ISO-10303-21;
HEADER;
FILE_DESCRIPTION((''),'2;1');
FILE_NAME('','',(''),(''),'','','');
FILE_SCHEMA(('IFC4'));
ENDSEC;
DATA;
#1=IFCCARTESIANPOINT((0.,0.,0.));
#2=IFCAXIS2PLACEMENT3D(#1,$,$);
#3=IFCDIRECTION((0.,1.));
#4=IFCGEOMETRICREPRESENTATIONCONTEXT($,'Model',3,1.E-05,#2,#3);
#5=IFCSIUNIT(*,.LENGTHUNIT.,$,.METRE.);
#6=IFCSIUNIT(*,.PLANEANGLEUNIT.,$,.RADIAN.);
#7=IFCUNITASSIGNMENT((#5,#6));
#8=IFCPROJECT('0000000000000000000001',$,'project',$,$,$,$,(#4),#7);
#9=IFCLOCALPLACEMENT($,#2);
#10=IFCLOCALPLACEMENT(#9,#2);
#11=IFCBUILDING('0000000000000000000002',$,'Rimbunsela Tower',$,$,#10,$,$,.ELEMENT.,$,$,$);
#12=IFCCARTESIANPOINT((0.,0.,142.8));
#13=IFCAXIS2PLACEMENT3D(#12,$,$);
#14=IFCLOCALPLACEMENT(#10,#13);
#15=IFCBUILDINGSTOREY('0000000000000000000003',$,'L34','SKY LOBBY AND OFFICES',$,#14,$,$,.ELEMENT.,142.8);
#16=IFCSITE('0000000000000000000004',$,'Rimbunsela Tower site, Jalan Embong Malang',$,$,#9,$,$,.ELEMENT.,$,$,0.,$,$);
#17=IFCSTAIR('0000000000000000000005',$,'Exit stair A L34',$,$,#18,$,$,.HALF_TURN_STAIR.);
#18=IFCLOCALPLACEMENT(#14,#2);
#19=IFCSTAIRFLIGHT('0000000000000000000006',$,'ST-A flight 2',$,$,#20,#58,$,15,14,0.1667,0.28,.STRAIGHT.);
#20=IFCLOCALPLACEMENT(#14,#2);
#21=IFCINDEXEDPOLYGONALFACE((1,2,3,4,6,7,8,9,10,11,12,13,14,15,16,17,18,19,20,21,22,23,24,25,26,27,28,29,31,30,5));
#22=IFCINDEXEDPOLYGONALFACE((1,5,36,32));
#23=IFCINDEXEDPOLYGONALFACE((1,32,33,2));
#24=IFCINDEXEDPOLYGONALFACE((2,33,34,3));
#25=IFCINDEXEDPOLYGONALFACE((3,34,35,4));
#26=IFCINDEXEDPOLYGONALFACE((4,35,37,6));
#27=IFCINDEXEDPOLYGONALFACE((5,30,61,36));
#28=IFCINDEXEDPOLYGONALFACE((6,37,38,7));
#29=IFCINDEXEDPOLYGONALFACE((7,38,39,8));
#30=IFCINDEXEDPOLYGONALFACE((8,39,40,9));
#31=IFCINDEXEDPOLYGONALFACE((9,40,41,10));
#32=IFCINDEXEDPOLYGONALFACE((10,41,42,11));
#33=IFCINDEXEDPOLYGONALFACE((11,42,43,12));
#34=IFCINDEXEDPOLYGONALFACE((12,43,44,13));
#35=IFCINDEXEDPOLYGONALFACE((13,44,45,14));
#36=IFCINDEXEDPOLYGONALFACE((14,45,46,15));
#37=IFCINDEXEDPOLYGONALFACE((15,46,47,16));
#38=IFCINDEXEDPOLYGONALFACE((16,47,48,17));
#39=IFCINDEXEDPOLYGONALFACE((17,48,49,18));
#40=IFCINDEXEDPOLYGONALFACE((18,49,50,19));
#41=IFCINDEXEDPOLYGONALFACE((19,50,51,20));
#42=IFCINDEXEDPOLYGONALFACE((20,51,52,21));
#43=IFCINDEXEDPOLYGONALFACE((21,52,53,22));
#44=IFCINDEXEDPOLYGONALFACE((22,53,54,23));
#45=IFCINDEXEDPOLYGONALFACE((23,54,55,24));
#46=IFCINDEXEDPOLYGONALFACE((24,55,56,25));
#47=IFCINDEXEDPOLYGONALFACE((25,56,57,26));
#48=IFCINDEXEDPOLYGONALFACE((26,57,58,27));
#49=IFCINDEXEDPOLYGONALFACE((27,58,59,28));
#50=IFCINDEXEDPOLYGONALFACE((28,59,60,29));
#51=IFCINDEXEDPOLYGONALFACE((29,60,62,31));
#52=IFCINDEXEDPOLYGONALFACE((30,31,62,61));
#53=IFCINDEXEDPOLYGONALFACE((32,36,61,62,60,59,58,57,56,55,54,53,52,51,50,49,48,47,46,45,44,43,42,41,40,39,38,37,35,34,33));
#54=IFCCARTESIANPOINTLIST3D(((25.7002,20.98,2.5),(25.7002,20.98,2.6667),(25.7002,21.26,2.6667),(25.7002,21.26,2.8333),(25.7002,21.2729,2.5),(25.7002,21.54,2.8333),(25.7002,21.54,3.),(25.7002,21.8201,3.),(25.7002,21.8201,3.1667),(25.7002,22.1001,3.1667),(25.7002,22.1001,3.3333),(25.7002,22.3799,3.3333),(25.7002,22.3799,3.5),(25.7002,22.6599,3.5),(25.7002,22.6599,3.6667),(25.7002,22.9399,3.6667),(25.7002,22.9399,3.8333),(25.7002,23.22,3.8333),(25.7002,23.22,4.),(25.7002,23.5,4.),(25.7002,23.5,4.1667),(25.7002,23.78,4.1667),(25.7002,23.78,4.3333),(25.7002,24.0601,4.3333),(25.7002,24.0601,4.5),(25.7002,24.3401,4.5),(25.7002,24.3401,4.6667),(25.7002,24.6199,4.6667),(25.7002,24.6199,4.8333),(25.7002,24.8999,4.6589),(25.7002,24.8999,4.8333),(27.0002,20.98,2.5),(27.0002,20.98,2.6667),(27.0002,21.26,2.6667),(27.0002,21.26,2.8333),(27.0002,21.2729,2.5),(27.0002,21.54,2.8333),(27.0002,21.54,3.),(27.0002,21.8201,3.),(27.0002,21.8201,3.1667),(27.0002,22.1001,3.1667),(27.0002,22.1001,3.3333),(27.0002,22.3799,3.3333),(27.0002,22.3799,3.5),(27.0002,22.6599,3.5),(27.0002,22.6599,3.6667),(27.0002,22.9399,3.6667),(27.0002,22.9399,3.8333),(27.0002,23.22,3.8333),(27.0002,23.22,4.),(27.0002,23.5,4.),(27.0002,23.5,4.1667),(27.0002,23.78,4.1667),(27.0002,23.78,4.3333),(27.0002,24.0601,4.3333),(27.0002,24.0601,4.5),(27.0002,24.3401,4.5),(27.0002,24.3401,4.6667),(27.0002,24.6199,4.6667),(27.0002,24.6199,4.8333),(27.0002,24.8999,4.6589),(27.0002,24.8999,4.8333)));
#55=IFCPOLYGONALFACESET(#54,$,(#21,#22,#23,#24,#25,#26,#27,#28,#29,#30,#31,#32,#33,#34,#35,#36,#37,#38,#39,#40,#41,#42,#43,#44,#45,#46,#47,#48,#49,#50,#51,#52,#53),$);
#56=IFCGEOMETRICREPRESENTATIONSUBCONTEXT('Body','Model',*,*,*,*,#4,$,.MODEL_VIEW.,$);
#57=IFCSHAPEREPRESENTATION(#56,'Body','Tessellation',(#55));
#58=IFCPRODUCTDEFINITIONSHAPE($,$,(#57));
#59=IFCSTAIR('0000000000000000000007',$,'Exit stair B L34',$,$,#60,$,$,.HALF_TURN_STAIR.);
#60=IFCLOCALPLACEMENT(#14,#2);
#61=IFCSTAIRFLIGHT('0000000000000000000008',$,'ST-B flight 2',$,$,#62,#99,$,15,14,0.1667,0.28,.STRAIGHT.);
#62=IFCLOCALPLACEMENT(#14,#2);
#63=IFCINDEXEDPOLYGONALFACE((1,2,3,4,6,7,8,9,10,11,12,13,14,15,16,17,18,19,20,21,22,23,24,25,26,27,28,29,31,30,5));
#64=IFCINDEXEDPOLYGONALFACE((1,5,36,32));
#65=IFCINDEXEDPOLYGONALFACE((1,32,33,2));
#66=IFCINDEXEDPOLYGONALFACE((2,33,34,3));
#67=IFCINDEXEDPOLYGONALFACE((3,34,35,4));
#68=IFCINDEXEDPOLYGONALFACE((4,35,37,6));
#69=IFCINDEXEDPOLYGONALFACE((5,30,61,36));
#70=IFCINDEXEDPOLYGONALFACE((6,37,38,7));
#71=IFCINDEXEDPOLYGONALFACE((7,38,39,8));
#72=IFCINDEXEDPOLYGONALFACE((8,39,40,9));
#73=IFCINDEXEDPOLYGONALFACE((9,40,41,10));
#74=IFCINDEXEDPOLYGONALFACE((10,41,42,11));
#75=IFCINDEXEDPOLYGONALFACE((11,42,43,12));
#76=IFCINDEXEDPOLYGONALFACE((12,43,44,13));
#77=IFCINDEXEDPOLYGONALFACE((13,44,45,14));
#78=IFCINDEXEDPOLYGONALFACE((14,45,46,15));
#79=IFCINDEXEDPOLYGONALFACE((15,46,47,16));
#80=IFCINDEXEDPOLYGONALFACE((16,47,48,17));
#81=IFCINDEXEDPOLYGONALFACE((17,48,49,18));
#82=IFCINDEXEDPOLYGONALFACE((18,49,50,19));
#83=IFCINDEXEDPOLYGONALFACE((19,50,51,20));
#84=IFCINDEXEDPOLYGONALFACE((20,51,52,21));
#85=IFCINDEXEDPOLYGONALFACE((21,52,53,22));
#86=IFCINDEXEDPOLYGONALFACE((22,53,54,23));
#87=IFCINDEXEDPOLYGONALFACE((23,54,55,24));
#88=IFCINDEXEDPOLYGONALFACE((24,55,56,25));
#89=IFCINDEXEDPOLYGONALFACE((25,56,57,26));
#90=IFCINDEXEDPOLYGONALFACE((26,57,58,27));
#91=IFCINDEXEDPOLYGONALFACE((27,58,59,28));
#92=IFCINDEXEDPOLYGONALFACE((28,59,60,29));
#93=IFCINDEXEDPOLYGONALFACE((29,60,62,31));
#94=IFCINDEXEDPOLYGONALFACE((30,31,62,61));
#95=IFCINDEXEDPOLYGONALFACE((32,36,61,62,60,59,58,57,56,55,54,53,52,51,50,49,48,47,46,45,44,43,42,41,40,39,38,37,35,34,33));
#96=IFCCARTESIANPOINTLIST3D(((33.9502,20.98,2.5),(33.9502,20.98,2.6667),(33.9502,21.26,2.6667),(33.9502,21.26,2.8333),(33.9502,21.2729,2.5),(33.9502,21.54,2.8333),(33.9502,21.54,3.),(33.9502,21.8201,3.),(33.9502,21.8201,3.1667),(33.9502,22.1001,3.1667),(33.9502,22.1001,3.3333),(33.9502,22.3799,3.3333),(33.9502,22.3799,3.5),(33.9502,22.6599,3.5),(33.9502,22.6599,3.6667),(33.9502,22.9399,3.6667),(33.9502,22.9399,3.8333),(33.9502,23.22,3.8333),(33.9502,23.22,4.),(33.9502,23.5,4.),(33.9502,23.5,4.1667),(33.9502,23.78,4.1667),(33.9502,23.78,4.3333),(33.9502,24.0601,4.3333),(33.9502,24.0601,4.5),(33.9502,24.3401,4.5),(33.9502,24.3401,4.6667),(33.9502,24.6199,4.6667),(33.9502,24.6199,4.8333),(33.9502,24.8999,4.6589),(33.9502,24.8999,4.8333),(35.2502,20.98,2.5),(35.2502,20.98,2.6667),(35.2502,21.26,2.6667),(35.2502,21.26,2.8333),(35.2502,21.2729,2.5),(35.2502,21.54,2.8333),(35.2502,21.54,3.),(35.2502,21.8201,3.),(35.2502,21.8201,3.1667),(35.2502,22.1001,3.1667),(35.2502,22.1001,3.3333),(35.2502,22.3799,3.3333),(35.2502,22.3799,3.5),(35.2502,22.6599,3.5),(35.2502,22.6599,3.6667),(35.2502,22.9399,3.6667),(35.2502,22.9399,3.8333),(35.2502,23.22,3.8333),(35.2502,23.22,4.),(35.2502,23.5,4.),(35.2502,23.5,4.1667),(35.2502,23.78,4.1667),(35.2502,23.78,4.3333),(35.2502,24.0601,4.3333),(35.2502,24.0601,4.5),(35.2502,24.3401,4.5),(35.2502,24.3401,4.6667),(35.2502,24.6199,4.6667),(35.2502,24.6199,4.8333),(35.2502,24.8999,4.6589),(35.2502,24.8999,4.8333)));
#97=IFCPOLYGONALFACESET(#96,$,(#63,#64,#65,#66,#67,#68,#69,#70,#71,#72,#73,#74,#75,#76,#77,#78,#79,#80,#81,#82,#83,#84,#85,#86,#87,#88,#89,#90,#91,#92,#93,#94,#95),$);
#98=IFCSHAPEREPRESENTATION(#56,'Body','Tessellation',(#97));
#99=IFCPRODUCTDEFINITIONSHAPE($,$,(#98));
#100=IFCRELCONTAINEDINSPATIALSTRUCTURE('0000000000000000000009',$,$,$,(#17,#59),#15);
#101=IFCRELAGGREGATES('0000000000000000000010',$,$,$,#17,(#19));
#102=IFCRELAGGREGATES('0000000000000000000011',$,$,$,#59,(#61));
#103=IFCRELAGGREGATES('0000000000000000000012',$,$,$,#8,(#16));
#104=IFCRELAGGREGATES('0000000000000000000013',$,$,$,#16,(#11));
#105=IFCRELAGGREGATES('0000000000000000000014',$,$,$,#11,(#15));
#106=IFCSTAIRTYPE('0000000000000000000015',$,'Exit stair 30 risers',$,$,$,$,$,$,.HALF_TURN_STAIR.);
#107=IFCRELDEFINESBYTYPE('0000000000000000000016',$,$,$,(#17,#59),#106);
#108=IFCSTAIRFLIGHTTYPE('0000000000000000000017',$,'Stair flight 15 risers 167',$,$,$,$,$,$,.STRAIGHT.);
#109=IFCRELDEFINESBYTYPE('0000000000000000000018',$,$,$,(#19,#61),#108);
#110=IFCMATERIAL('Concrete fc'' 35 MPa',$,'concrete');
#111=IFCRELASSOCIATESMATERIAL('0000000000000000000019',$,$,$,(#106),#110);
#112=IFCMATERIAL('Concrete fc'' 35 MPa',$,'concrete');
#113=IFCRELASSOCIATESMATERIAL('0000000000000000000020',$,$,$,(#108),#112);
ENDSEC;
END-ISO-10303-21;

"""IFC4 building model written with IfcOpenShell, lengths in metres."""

from ifc_helpers import new_model, si_unit, direction, frame, origin, place, context, subcontext, project, spatial, polyline, outline, extrude, material, type_object, element, aggregate, save


model = new_model("IFC4")

# Units and contexts
model_context = context("Model", 3, precision=1e-05, world=origin(), true_north=direction((0.0, 1.0)))
body_context = subcontext(model_context, "Body", "Model", "MODEL_VIEW")
ifc_project = project(units=[si_unit("LENGTHUNIT", "METRE"), si_unit("PLANEANGLEUNIT", "RADIAN")], contexts=[model_context])

# Site, building, storey
site_placement = place(None, origin())
site = spatial("IfcSite", under=ifc_project, at=site_placement, Name="Rimbunsela Tower site, Jalan Embong Malang", CompositionType="ELEMENT", RefElevation=0.0)
building_placement = place(site_placement, origin())
building = spatial("IfcBuilding", under=site, at=building_placement, Name="Rimbunsela Tower", CompositionType="ELEMENT")
storey_placement = place(building_placement, frame((0.0, 0.0, 142.8)))
storey = spatial("IfcBuildingStorey", under=building, at=storey_placement, Name="L34", Description="SKY LOBBY AND OFFICES", CompositionType="ELEMENT", Elevation=142.8)

# Stairs, stair flights
ifc_material_1 = material(Name="Concrete fc' 35 MPa", Category="concrete")
stair_type = type_object("IfcStairType", Name="Exit stair 30 risers", PredefinedType="HALF_TURN_STAIR", material=ifc_material_1)
stair_1_placement = place(storey_placement, origin())
stair_1 = element("IfcStair", 1, at=stair_1_placement, inside=storey, type_object=stair_type, Name="Exit stair A L34", PredefinedType="HALF_TURN_STAIR")
ifc_material_2 = material(Name="Concrete fc' 35 MPa", Category="concrete")
stair_flight_type = type_object("IfcStairFlightType", Name="Stair flight 15 risers 167", PredefinedType="STRAIGHT", material=ifc_material_2)
stair_flight_1_placement = place(storey_placement, frame((26.3501, 20.98, 2.5), z_axis=(0.0, 0.0, 1.0), x_axis=(0.0, 1.0, 0.0)))
stair_flight_1 = element("IfcStairFlight", 2, at=stair_flight_1_placement, type_object=stair_flight_type, Name="ST-A flight 2", NumberOfRisers=15, NumberOfTreads=14, PredefinedType="STRAIGHT", RiserHeight=0.1667, TreadLength=0.28, context=body_context, shape_type="SweptSolid", body=[
    extrude(outline(polyline([(0.0, 0.0), (0.0, 0.1667), (0.28, 0.1667), (0.28, 0.3333), (0.5601, 0.3333), (0.5601, 0.5), (0.8401, 0.5), (0.8401, 0.6667), (1.1201, 0.6667), (1.1201, 0.8333), (1.3999, 0.8333), (1.3999, 1.0), (1.6799, 1.0), (1.6799, 1.1667), (1.96, 1.1667), (1.96, 1.3333), (2.24, 1.3333), (2.24, 1.5), (2.52, 1.5), (2.52, 1.6667), (2.8, 1.6667), (2.8, 1.8333), (3.0801, 1.8333), (3.0801, 2.0), (3.3601, 2.0), (3.3601, 2.1667), (3.6399, 2.1667), (3.6399, 2.3333), (3.9199, 2.3333), (3.9199, 2.5), (3.9199, 2.1589), (0.293, 0.0), (0.0, 0.0)])), frame((0.0, 0.6499, 0.0), z_axis=(0.0, -1.0, 0.0), x_axis=(1.0, 0.0, 0.0)), (0.0, 0.0, 1.0), 1.3),
])
aggregate(stair_1, [stair_flight_1])
stair_2_placement = place(storey_placement, origin())
stair_2 = element("IfcStair", 3, at=stair_2_placement, inside=storey, type_object=stair_type, Name="Exit stair B L34", PredefinedType="HALF_TURN_STAIR")
stair_flight_2_placement = place(storey_placement, frame((34.6001, 20.98, 2.5), z_axis=(0.0, 0.0, 1.0), x_axis=(0.0, 1.0, 0.0)))
stair_flight_2 = element("IfcStairFlight", 4, at=stair_flight_2_placement, type_object=stair_flight_type, Name="ST-B flight 2", NumberOfRisers=15, NumberOfTreads=14, PredefinedType="STRAIGHT", RiserHeight=0.1667, TreadLength=0.28, context=body_context, shape_type="SweptSolid", body=[
    extrude(outline(polyline([(0.0, 0.0), (0.0, 0.1667), (0.28, 0.1667), (0.28, 0.3333), (0.5601, 0.3333), (0.5601, 0.5), (0.8401, 0.5), (0.8401, 0.6667), (1.1201, 0.6667), (1.1201, 0.8333), (1.3999, 0.8333), (1.3999, 1.0), (1.6799, 1.0), (1.6799, 1.1667), (1.96, 1.1667), (1.96, 1.3333), (2.24, 1.3333), (2.24, 1.5), (2.52, 1.5), (2.52, 1.6667), (2.8, 1.6667), (2.8, 1.8333), (3.0801, 1.8333), (3.0801, 2.0), (3.3601, 2.0), (3.3601, 2.1667), (3.6399, 2.1667), (3.6399, 2.3333), (3.9199, 2.3333), (3.9199, 2.5), (3.9199, 2.1589), (0.293, 0.0), (0.0, 0.0)])), frame((0.0, 0.6499, 0.0), z_axis=(0.0, -1.0, 0.0), x_axis=(1.0, 0.0, 0.0)), (0.0, 0.0, 1.0), 1.3),
])
aggregate(stair_2, [stair_flight_2])

save(model, "model.ifc")
